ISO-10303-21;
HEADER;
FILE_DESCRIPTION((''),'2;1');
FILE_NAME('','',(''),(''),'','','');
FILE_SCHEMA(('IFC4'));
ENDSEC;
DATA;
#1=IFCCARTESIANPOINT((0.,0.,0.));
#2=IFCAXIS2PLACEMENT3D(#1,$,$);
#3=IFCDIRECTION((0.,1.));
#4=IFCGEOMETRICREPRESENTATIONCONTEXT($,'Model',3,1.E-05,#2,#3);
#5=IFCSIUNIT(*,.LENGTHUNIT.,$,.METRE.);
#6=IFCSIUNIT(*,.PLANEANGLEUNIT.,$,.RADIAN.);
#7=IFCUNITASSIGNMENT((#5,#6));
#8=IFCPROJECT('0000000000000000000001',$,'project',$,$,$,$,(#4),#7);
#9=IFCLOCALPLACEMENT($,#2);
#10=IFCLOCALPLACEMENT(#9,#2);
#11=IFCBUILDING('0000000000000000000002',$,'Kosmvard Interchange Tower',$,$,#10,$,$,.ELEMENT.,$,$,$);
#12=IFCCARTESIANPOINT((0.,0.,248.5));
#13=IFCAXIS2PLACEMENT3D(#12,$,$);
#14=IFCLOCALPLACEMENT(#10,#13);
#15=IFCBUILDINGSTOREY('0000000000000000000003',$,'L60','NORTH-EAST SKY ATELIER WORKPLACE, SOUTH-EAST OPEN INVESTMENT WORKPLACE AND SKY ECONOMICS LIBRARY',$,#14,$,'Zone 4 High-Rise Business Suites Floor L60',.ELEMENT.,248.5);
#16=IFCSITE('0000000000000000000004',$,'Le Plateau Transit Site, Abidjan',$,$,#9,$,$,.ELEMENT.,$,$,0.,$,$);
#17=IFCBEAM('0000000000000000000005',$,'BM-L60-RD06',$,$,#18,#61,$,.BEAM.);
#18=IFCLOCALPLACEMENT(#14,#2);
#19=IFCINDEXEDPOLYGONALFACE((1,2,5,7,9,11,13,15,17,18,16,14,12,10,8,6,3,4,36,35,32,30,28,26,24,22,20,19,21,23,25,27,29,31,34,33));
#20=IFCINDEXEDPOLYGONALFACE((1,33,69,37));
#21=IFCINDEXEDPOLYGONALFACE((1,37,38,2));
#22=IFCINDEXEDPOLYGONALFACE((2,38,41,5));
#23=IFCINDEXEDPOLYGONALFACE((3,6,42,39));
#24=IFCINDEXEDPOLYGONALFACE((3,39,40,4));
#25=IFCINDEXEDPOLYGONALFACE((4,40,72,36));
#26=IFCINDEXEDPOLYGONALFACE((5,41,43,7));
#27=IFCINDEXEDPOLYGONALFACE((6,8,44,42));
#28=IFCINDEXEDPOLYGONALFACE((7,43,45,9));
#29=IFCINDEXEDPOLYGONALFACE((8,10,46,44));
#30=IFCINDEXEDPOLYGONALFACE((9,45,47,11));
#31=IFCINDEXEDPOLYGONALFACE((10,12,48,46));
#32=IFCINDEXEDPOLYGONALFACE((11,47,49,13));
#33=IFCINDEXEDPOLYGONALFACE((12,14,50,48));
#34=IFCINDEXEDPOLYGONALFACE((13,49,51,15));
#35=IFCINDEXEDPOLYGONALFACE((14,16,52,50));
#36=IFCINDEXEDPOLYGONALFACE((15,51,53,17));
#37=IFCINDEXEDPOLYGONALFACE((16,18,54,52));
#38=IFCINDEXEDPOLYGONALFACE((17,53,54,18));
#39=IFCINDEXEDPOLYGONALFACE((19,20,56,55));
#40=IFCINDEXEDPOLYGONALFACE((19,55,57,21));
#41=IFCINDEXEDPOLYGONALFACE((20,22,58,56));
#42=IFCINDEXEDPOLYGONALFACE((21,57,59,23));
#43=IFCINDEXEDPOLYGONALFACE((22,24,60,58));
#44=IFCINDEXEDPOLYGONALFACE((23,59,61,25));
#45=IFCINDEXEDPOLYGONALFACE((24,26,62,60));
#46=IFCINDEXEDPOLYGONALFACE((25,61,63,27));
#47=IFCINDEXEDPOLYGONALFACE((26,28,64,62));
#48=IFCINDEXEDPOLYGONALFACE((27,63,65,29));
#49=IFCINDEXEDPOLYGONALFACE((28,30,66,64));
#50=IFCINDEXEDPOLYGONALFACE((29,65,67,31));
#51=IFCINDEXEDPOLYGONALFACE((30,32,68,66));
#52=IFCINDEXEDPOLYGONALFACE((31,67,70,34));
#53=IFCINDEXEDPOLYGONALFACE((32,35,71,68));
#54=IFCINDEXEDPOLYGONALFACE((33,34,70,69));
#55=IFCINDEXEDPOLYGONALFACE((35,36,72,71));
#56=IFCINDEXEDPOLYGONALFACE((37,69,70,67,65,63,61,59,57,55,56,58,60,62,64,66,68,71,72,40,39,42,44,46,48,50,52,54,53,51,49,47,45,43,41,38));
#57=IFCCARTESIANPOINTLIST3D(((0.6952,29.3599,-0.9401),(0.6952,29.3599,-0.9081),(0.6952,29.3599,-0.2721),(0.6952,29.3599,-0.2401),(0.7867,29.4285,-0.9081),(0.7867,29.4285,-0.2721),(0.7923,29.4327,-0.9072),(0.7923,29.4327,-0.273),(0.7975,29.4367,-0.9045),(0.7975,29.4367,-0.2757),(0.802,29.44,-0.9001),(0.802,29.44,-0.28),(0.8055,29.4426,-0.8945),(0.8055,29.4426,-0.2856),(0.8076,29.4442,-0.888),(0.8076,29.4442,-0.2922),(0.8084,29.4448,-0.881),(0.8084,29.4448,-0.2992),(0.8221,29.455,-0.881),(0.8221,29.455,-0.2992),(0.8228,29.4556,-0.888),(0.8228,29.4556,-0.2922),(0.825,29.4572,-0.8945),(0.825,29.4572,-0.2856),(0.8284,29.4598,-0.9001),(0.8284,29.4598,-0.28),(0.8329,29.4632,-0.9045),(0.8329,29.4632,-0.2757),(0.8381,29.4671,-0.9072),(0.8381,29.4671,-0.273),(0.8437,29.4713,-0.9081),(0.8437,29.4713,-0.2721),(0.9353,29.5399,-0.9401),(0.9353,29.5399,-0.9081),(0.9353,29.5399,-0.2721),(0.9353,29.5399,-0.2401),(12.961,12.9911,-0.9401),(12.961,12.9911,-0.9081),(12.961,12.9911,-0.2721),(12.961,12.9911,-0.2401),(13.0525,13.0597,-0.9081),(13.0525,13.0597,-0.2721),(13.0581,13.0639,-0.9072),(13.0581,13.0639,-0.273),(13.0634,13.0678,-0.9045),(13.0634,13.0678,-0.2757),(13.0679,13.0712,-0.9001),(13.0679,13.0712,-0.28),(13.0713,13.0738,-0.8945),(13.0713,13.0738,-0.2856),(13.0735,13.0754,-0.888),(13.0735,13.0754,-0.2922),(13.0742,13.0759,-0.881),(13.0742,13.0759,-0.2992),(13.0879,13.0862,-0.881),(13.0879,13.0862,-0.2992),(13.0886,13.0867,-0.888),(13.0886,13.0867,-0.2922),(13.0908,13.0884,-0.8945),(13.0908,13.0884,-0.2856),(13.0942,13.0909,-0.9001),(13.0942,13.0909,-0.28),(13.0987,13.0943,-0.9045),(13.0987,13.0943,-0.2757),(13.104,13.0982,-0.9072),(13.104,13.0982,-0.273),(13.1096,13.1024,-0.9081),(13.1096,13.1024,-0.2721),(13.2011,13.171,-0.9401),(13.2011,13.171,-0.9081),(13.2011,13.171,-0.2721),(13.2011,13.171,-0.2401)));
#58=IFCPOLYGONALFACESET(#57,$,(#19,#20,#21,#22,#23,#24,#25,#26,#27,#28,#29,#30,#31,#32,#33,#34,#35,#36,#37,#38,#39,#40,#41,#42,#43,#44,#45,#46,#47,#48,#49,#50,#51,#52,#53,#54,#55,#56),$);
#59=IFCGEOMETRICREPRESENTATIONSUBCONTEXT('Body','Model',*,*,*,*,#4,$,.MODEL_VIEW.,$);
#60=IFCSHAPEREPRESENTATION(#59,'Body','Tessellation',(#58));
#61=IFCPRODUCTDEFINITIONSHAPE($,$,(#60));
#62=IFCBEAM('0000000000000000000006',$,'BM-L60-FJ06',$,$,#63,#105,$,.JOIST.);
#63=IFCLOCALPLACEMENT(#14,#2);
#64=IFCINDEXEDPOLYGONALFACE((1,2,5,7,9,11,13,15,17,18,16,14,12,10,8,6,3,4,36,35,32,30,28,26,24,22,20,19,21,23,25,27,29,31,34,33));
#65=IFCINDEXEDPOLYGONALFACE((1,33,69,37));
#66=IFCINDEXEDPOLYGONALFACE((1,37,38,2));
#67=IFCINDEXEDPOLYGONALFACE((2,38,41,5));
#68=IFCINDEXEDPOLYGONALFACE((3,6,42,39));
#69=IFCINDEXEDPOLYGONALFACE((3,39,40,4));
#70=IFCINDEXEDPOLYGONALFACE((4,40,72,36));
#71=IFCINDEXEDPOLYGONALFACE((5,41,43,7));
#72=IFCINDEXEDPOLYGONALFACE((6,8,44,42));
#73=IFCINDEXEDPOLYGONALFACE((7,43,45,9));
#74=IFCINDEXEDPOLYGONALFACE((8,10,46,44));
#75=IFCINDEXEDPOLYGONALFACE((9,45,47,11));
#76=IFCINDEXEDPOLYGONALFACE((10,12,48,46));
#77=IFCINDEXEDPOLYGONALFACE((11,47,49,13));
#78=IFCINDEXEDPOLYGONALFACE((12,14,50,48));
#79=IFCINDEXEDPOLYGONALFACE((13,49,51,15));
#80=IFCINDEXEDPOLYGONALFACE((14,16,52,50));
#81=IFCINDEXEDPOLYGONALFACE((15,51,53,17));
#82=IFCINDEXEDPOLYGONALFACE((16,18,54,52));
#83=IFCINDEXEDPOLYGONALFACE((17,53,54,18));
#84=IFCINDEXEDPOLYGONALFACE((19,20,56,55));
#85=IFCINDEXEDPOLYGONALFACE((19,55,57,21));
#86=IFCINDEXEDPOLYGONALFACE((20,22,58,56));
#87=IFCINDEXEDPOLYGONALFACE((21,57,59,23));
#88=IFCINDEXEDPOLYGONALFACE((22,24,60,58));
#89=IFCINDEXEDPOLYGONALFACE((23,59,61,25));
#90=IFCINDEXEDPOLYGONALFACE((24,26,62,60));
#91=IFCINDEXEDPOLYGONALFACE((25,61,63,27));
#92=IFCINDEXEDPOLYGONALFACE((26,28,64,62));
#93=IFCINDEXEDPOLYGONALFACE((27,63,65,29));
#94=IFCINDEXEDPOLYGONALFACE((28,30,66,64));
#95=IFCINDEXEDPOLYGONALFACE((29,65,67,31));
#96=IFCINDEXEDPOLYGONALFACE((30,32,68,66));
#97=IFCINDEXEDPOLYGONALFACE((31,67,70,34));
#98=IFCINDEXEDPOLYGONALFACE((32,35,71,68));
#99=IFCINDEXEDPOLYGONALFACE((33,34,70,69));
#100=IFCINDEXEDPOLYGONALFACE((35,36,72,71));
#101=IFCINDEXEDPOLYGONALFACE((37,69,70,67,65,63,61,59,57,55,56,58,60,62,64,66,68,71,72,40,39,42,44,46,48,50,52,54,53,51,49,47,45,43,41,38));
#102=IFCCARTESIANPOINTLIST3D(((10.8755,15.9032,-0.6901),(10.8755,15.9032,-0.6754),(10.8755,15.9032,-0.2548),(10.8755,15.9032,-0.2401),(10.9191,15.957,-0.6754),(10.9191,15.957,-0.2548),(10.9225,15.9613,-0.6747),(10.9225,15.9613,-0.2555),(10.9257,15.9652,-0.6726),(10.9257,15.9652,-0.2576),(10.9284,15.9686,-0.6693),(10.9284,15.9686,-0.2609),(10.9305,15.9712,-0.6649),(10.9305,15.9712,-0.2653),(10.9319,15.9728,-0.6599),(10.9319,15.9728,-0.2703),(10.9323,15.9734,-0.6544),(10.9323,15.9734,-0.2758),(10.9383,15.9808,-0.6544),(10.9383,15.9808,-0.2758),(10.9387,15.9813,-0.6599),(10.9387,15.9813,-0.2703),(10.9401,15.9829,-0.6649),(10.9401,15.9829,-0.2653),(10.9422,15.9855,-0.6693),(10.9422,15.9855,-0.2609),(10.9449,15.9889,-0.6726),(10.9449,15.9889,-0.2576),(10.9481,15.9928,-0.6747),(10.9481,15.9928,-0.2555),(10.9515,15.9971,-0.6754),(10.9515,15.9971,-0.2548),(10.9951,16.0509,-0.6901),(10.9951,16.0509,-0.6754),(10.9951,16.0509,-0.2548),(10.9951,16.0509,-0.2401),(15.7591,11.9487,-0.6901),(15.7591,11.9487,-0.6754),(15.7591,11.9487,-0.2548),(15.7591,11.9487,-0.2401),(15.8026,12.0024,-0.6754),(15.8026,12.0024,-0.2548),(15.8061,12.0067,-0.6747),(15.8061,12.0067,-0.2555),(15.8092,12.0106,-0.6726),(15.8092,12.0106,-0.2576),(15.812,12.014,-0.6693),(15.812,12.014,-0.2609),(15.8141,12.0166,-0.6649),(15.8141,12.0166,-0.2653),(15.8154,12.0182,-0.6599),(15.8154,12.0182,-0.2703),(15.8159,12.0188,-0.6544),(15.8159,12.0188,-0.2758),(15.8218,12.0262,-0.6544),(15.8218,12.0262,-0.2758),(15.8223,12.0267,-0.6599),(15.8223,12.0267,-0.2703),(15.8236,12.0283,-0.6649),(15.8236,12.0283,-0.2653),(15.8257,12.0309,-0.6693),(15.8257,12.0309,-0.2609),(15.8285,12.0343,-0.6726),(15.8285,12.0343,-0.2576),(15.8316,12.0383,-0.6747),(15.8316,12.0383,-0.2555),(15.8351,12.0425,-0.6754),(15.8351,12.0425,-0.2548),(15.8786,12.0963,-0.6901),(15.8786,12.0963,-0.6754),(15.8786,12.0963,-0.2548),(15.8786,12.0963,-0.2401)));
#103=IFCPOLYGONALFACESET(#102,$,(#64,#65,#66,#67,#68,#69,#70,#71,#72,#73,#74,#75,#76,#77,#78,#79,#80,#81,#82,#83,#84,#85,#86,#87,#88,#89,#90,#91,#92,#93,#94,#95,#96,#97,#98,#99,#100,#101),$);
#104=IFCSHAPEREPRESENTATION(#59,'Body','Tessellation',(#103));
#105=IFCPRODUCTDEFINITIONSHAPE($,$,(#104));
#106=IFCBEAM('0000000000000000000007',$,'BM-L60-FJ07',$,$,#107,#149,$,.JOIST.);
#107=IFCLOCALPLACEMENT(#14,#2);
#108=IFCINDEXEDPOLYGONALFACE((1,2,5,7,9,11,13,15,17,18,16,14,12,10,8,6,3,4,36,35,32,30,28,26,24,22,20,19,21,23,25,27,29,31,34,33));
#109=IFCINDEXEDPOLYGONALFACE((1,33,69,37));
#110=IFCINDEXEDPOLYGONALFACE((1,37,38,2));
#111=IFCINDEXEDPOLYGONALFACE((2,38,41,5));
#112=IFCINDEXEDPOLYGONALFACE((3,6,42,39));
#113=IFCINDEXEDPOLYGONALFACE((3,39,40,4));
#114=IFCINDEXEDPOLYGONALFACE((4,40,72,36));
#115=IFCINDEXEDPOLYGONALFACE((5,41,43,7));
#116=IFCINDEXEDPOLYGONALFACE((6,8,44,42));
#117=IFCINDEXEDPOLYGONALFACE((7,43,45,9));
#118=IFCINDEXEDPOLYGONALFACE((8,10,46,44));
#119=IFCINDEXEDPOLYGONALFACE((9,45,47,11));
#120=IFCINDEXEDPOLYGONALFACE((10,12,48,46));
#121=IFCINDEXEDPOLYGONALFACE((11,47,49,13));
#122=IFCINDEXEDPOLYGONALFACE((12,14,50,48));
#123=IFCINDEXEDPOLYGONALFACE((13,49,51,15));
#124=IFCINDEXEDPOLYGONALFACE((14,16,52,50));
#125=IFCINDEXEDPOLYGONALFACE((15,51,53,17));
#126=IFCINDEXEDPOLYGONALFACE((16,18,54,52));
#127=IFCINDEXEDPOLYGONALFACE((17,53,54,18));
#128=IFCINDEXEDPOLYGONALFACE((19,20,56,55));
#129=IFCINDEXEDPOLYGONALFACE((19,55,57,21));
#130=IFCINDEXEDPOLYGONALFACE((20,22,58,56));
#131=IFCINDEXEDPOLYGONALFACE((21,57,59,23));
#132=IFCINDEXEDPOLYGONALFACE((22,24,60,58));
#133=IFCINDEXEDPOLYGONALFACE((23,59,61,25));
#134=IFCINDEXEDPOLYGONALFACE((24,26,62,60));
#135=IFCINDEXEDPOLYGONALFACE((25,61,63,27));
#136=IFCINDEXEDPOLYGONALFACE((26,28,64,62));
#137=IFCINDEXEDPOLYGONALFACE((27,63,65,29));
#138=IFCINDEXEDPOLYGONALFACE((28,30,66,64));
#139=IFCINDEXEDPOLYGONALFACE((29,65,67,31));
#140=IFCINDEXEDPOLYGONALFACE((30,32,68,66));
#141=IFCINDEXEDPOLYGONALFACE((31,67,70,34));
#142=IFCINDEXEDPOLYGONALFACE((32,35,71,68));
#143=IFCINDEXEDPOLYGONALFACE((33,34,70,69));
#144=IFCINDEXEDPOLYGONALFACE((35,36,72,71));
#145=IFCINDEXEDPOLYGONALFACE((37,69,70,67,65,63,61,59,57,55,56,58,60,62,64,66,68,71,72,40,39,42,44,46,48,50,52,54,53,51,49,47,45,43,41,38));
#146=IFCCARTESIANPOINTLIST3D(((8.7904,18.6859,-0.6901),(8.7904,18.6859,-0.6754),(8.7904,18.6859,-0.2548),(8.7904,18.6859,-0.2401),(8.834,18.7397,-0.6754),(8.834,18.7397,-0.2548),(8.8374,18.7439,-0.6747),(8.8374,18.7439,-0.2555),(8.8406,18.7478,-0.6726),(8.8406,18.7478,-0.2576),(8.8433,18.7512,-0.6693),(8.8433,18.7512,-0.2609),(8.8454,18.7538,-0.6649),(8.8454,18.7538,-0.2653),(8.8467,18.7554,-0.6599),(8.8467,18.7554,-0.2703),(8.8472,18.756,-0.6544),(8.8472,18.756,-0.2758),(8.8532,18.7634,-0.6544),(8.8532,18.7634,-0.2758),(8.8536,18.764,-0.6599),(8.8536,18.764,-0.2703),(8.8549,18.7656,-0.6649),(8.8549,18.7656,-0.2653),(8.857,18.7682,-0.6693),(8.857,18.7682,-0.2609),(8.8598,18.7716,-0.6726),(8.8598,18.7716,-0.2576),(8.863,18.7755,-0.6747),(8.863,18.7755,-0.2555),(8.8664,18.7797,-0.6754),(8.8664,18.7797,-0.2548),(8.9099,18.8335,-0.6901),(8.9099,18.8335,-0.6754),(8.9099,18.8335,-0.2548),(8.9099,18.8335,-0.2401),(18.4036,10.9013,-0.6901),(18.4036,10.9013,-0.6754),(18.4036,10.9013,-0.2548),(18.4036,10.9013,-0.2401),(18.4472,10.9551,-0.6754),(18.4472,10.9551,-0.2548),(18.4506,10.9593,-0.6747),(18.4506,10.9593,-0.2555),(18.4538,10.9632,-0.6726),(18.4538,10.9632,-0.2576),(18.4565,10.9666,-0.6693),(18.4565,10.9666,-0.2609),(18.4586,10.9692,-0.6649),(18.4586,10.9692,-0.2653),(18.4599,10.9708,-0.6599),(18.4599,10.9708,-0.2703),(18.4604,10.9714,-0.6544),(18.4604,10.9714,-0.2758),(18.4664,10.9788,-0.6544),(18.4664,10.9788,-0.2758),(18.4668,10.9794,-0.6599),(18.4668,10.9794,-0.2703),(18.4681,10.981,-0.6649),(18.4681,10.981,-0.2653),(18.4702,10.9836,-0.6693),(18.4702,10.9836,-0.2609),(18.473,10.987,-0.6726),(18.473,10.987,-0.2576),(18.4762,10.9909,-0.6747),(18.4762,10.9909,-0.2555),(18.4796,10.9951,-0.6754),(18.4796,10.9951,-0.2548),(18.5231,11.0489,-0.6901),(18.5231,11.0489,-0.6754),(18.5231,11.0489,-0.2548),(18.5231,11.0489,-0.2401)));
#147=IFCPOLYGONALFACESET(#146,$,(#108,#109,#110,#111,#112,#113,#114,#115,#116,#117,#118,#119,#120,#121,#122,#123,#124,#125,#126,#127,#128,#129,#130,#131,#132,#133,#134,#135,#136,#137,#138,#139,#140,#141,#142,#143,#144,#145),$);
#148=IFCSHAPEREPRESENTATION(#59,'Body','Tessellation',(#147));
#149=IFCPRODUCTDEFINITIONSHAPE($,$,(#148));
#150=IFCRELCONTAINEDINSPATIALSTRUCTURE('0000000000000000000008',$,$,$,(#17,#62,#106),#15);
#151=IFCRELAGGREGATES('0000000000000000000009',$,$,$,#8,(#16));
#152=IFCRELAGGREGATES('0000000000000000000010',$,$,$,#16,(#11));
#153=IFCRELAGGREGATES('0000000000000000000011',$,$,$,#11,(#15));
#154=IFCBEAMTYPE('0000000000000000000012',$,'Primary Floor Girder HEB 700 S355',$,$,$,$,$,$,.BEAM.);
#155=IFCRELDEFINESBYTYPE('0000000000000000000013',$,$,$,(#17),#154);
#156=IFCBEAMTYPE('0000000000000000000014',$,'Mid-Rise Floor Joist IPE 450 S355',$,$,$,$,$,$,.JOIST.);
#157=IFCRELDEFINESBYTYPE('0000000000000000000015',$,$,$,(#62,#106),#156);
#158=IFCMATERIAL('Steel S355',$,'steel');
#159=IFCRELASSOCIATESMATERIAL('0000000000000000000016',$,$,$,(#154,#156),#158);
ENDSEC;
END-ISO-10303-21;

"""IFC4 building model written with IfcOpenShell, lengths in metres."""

from ifc_helpers import new_model, si_unit, direction, frame, origin, origin_2d, place, context, subcontext, project, spatial, i_section, extrude, source, transform, mapped, material, material_profile, profile_set, type_object, element, save


model = new_model("IFC4")

# Units and contexts
model_context = context("Model", 3, precision=1e-05, world=origin(), true_north=direction((0.0, 1.0)))
body_context = subcontext(model_context, "Body", "Model", "MODEL_VIEW")
ifc_project = project(units=[si_unit("LENGTHUNIT", "METRE"), si_unit("PLANEANGLEUNIT", "RADIAN")], contexts=[model_context])

# Site, building, storey
site_placement = place(None, origin())
site = spatial("IfcSite", under=ifc_project, at=site_placement, Name="Le Plateau Transit Site, Abidjan", CompositionType="ELEMENT", RefElevation=0.0)
building_placement = place(site_placement, origin())
building = spatial("IfcBuilding", under=site, at=building_placement, Name="Kosmvard Interchange Tower", CompositionType="ELEMENT")
storey_placement = place(building_placement, frame((0.0, 0.0, 248.5)))
storey = spatial("IfcBuildingStorey", under=building, at=storey_placement, Name="L60", Description="NORTH-EAST SKY ATELIER WORKPLACE, SOUTH-EAST OPEN INVESTMENT WORKPLACE AND SKY ECONOMICS LIBRARY", LongName="Zone 4 High-Rise Business Suites Floor L60", CompositionType="ELEMENT", Elevation=248.5)

# Beams
ifc_material_1 = material(Name="Steel S355", Category="steel")
ifc_material_profile_1 = material_profile(ifc_material_1, i_section(OverallWidth=0.3, OverallDepth=0.7, WebThickness=0.0171, FlangeThickness=0.032, FilletRadius=0.0271, at=origin_2d()), Name="HEB 700")
ifc_profile_set_1 = profile_set([ifc_material_profile_1], Name="Steel S355")
beam_type_1 = type_object("IfcBeamType", Name="Primary Floor Girder HEB 700 S355", PredefinedType="BEAM", material=ifc_profile_set_1)
shared_shape_1 = source(origin(), body_context, "Body", "SweptSolid", [
    extrude(i_section(OverallWidth=0.3, OverallDepth=0.7, WebThickness=0.0171, FlangeThickness=0.032, FilletRadius=0.0271, at=origin_2d()), origin(), (0.0, 0.0, 1.0), 20.4546),
])
beam_1_placement = place(storey_placement, frame((13.0811, 13.0811, -0.5901), z_axis=(-0.599662, 0.800253, 0.0), x_axis=(-0.800253, -0.599662, 0.0)))
element("IfcBeam", 1, at=beam_1_placement, inside=storey, type_object=beam_type_1, Name="BM-L60-RD06", PredefinedType="BEAM", context=body_context, shape_type="MappedRepresentation", body=[
    mapped(shared_shape_1, transform((0.0, 0.0, 0.0), scale=1.0)),
])
ifc_material_profile_2 = material_profile(ifc_material_1, i_section(OverallWidth=0.1899, OverallDepth=0.45, WebThickness=0.0095, FlangeThickness=0.0146, FilletRadius=0.021, at=origin_2d()), Name="IPE 450")
ifc_profile_set_2 = profile_set([ifc_material_profile_2], Name="Steel S355")
beam_type_2 = type_object("IfcBeamType", Name="Mid-Rise Floor Joist IPE 450 S355", PredefinedType="JOIST", material=ifc_profile_set_2)
shared_shape_2 = source(origin(), body_context, "Body", "SweptSolid", [
    extrude(i_section(OverallWidth=0.1899, OverallDepth=0.45, WebThickness=0.0095, FlangeThickness=0.0146, FilletRadius=0.021, at=origin_2d()), origin(), (0.0, 0.0, 1.0), 6.2839),
])
beam_2_placement = place(storey_placement, frame((15.8188, 12.0225, -0.4651), z_axis=(-0.777148, 0.629318, 0.0), x_axis=(-0.629318, -0.777148, 0.0)))
element("IfcBeam", 2, at=beam_2_placement, inside=storey, type_object=beam_type_2, Name="BM-L60-FJ06", PredefinedType="JOIST", context=body_context, shape_type="MappedRepresentation", body=[
    mapped(shared_shape_2, transform((0.0, 0.0, 0.0), scale=1.0)),
])
shared_shape_3 = source(origin(), body_context, "Body", "SweptSolid", [
    extrude(i_section(OverallWidth=0.1899, OverallDepth=0.45, WebThickness=0.0095, FlangeThickness=0.0146, FilletRadius=0.021, at=origin_2d()), origin(), (0.0, 0.0, 1.0), 12.3699),
])
beam_3_placement = place(storey_placement, frame((18.4634, 10.9751, -0.4651), z_axis=(-0.777147, 0.62932, 0.0), x_axis=(-0.62932, -0.777147, 0.0)))
element("IfcBeam", 3, at=beam_3_placement, inside=storey, type_object=beam_type_2, Name="BM-L60-FJ07", PredefinedType="JOIST", context=body_context, shape_type="MappedRepresentation", body=[
    mapped(shared_shape_3, transform((0.0, 0.0, 0.0), scale=1.0)),
])

save(model, "model.ifc")
